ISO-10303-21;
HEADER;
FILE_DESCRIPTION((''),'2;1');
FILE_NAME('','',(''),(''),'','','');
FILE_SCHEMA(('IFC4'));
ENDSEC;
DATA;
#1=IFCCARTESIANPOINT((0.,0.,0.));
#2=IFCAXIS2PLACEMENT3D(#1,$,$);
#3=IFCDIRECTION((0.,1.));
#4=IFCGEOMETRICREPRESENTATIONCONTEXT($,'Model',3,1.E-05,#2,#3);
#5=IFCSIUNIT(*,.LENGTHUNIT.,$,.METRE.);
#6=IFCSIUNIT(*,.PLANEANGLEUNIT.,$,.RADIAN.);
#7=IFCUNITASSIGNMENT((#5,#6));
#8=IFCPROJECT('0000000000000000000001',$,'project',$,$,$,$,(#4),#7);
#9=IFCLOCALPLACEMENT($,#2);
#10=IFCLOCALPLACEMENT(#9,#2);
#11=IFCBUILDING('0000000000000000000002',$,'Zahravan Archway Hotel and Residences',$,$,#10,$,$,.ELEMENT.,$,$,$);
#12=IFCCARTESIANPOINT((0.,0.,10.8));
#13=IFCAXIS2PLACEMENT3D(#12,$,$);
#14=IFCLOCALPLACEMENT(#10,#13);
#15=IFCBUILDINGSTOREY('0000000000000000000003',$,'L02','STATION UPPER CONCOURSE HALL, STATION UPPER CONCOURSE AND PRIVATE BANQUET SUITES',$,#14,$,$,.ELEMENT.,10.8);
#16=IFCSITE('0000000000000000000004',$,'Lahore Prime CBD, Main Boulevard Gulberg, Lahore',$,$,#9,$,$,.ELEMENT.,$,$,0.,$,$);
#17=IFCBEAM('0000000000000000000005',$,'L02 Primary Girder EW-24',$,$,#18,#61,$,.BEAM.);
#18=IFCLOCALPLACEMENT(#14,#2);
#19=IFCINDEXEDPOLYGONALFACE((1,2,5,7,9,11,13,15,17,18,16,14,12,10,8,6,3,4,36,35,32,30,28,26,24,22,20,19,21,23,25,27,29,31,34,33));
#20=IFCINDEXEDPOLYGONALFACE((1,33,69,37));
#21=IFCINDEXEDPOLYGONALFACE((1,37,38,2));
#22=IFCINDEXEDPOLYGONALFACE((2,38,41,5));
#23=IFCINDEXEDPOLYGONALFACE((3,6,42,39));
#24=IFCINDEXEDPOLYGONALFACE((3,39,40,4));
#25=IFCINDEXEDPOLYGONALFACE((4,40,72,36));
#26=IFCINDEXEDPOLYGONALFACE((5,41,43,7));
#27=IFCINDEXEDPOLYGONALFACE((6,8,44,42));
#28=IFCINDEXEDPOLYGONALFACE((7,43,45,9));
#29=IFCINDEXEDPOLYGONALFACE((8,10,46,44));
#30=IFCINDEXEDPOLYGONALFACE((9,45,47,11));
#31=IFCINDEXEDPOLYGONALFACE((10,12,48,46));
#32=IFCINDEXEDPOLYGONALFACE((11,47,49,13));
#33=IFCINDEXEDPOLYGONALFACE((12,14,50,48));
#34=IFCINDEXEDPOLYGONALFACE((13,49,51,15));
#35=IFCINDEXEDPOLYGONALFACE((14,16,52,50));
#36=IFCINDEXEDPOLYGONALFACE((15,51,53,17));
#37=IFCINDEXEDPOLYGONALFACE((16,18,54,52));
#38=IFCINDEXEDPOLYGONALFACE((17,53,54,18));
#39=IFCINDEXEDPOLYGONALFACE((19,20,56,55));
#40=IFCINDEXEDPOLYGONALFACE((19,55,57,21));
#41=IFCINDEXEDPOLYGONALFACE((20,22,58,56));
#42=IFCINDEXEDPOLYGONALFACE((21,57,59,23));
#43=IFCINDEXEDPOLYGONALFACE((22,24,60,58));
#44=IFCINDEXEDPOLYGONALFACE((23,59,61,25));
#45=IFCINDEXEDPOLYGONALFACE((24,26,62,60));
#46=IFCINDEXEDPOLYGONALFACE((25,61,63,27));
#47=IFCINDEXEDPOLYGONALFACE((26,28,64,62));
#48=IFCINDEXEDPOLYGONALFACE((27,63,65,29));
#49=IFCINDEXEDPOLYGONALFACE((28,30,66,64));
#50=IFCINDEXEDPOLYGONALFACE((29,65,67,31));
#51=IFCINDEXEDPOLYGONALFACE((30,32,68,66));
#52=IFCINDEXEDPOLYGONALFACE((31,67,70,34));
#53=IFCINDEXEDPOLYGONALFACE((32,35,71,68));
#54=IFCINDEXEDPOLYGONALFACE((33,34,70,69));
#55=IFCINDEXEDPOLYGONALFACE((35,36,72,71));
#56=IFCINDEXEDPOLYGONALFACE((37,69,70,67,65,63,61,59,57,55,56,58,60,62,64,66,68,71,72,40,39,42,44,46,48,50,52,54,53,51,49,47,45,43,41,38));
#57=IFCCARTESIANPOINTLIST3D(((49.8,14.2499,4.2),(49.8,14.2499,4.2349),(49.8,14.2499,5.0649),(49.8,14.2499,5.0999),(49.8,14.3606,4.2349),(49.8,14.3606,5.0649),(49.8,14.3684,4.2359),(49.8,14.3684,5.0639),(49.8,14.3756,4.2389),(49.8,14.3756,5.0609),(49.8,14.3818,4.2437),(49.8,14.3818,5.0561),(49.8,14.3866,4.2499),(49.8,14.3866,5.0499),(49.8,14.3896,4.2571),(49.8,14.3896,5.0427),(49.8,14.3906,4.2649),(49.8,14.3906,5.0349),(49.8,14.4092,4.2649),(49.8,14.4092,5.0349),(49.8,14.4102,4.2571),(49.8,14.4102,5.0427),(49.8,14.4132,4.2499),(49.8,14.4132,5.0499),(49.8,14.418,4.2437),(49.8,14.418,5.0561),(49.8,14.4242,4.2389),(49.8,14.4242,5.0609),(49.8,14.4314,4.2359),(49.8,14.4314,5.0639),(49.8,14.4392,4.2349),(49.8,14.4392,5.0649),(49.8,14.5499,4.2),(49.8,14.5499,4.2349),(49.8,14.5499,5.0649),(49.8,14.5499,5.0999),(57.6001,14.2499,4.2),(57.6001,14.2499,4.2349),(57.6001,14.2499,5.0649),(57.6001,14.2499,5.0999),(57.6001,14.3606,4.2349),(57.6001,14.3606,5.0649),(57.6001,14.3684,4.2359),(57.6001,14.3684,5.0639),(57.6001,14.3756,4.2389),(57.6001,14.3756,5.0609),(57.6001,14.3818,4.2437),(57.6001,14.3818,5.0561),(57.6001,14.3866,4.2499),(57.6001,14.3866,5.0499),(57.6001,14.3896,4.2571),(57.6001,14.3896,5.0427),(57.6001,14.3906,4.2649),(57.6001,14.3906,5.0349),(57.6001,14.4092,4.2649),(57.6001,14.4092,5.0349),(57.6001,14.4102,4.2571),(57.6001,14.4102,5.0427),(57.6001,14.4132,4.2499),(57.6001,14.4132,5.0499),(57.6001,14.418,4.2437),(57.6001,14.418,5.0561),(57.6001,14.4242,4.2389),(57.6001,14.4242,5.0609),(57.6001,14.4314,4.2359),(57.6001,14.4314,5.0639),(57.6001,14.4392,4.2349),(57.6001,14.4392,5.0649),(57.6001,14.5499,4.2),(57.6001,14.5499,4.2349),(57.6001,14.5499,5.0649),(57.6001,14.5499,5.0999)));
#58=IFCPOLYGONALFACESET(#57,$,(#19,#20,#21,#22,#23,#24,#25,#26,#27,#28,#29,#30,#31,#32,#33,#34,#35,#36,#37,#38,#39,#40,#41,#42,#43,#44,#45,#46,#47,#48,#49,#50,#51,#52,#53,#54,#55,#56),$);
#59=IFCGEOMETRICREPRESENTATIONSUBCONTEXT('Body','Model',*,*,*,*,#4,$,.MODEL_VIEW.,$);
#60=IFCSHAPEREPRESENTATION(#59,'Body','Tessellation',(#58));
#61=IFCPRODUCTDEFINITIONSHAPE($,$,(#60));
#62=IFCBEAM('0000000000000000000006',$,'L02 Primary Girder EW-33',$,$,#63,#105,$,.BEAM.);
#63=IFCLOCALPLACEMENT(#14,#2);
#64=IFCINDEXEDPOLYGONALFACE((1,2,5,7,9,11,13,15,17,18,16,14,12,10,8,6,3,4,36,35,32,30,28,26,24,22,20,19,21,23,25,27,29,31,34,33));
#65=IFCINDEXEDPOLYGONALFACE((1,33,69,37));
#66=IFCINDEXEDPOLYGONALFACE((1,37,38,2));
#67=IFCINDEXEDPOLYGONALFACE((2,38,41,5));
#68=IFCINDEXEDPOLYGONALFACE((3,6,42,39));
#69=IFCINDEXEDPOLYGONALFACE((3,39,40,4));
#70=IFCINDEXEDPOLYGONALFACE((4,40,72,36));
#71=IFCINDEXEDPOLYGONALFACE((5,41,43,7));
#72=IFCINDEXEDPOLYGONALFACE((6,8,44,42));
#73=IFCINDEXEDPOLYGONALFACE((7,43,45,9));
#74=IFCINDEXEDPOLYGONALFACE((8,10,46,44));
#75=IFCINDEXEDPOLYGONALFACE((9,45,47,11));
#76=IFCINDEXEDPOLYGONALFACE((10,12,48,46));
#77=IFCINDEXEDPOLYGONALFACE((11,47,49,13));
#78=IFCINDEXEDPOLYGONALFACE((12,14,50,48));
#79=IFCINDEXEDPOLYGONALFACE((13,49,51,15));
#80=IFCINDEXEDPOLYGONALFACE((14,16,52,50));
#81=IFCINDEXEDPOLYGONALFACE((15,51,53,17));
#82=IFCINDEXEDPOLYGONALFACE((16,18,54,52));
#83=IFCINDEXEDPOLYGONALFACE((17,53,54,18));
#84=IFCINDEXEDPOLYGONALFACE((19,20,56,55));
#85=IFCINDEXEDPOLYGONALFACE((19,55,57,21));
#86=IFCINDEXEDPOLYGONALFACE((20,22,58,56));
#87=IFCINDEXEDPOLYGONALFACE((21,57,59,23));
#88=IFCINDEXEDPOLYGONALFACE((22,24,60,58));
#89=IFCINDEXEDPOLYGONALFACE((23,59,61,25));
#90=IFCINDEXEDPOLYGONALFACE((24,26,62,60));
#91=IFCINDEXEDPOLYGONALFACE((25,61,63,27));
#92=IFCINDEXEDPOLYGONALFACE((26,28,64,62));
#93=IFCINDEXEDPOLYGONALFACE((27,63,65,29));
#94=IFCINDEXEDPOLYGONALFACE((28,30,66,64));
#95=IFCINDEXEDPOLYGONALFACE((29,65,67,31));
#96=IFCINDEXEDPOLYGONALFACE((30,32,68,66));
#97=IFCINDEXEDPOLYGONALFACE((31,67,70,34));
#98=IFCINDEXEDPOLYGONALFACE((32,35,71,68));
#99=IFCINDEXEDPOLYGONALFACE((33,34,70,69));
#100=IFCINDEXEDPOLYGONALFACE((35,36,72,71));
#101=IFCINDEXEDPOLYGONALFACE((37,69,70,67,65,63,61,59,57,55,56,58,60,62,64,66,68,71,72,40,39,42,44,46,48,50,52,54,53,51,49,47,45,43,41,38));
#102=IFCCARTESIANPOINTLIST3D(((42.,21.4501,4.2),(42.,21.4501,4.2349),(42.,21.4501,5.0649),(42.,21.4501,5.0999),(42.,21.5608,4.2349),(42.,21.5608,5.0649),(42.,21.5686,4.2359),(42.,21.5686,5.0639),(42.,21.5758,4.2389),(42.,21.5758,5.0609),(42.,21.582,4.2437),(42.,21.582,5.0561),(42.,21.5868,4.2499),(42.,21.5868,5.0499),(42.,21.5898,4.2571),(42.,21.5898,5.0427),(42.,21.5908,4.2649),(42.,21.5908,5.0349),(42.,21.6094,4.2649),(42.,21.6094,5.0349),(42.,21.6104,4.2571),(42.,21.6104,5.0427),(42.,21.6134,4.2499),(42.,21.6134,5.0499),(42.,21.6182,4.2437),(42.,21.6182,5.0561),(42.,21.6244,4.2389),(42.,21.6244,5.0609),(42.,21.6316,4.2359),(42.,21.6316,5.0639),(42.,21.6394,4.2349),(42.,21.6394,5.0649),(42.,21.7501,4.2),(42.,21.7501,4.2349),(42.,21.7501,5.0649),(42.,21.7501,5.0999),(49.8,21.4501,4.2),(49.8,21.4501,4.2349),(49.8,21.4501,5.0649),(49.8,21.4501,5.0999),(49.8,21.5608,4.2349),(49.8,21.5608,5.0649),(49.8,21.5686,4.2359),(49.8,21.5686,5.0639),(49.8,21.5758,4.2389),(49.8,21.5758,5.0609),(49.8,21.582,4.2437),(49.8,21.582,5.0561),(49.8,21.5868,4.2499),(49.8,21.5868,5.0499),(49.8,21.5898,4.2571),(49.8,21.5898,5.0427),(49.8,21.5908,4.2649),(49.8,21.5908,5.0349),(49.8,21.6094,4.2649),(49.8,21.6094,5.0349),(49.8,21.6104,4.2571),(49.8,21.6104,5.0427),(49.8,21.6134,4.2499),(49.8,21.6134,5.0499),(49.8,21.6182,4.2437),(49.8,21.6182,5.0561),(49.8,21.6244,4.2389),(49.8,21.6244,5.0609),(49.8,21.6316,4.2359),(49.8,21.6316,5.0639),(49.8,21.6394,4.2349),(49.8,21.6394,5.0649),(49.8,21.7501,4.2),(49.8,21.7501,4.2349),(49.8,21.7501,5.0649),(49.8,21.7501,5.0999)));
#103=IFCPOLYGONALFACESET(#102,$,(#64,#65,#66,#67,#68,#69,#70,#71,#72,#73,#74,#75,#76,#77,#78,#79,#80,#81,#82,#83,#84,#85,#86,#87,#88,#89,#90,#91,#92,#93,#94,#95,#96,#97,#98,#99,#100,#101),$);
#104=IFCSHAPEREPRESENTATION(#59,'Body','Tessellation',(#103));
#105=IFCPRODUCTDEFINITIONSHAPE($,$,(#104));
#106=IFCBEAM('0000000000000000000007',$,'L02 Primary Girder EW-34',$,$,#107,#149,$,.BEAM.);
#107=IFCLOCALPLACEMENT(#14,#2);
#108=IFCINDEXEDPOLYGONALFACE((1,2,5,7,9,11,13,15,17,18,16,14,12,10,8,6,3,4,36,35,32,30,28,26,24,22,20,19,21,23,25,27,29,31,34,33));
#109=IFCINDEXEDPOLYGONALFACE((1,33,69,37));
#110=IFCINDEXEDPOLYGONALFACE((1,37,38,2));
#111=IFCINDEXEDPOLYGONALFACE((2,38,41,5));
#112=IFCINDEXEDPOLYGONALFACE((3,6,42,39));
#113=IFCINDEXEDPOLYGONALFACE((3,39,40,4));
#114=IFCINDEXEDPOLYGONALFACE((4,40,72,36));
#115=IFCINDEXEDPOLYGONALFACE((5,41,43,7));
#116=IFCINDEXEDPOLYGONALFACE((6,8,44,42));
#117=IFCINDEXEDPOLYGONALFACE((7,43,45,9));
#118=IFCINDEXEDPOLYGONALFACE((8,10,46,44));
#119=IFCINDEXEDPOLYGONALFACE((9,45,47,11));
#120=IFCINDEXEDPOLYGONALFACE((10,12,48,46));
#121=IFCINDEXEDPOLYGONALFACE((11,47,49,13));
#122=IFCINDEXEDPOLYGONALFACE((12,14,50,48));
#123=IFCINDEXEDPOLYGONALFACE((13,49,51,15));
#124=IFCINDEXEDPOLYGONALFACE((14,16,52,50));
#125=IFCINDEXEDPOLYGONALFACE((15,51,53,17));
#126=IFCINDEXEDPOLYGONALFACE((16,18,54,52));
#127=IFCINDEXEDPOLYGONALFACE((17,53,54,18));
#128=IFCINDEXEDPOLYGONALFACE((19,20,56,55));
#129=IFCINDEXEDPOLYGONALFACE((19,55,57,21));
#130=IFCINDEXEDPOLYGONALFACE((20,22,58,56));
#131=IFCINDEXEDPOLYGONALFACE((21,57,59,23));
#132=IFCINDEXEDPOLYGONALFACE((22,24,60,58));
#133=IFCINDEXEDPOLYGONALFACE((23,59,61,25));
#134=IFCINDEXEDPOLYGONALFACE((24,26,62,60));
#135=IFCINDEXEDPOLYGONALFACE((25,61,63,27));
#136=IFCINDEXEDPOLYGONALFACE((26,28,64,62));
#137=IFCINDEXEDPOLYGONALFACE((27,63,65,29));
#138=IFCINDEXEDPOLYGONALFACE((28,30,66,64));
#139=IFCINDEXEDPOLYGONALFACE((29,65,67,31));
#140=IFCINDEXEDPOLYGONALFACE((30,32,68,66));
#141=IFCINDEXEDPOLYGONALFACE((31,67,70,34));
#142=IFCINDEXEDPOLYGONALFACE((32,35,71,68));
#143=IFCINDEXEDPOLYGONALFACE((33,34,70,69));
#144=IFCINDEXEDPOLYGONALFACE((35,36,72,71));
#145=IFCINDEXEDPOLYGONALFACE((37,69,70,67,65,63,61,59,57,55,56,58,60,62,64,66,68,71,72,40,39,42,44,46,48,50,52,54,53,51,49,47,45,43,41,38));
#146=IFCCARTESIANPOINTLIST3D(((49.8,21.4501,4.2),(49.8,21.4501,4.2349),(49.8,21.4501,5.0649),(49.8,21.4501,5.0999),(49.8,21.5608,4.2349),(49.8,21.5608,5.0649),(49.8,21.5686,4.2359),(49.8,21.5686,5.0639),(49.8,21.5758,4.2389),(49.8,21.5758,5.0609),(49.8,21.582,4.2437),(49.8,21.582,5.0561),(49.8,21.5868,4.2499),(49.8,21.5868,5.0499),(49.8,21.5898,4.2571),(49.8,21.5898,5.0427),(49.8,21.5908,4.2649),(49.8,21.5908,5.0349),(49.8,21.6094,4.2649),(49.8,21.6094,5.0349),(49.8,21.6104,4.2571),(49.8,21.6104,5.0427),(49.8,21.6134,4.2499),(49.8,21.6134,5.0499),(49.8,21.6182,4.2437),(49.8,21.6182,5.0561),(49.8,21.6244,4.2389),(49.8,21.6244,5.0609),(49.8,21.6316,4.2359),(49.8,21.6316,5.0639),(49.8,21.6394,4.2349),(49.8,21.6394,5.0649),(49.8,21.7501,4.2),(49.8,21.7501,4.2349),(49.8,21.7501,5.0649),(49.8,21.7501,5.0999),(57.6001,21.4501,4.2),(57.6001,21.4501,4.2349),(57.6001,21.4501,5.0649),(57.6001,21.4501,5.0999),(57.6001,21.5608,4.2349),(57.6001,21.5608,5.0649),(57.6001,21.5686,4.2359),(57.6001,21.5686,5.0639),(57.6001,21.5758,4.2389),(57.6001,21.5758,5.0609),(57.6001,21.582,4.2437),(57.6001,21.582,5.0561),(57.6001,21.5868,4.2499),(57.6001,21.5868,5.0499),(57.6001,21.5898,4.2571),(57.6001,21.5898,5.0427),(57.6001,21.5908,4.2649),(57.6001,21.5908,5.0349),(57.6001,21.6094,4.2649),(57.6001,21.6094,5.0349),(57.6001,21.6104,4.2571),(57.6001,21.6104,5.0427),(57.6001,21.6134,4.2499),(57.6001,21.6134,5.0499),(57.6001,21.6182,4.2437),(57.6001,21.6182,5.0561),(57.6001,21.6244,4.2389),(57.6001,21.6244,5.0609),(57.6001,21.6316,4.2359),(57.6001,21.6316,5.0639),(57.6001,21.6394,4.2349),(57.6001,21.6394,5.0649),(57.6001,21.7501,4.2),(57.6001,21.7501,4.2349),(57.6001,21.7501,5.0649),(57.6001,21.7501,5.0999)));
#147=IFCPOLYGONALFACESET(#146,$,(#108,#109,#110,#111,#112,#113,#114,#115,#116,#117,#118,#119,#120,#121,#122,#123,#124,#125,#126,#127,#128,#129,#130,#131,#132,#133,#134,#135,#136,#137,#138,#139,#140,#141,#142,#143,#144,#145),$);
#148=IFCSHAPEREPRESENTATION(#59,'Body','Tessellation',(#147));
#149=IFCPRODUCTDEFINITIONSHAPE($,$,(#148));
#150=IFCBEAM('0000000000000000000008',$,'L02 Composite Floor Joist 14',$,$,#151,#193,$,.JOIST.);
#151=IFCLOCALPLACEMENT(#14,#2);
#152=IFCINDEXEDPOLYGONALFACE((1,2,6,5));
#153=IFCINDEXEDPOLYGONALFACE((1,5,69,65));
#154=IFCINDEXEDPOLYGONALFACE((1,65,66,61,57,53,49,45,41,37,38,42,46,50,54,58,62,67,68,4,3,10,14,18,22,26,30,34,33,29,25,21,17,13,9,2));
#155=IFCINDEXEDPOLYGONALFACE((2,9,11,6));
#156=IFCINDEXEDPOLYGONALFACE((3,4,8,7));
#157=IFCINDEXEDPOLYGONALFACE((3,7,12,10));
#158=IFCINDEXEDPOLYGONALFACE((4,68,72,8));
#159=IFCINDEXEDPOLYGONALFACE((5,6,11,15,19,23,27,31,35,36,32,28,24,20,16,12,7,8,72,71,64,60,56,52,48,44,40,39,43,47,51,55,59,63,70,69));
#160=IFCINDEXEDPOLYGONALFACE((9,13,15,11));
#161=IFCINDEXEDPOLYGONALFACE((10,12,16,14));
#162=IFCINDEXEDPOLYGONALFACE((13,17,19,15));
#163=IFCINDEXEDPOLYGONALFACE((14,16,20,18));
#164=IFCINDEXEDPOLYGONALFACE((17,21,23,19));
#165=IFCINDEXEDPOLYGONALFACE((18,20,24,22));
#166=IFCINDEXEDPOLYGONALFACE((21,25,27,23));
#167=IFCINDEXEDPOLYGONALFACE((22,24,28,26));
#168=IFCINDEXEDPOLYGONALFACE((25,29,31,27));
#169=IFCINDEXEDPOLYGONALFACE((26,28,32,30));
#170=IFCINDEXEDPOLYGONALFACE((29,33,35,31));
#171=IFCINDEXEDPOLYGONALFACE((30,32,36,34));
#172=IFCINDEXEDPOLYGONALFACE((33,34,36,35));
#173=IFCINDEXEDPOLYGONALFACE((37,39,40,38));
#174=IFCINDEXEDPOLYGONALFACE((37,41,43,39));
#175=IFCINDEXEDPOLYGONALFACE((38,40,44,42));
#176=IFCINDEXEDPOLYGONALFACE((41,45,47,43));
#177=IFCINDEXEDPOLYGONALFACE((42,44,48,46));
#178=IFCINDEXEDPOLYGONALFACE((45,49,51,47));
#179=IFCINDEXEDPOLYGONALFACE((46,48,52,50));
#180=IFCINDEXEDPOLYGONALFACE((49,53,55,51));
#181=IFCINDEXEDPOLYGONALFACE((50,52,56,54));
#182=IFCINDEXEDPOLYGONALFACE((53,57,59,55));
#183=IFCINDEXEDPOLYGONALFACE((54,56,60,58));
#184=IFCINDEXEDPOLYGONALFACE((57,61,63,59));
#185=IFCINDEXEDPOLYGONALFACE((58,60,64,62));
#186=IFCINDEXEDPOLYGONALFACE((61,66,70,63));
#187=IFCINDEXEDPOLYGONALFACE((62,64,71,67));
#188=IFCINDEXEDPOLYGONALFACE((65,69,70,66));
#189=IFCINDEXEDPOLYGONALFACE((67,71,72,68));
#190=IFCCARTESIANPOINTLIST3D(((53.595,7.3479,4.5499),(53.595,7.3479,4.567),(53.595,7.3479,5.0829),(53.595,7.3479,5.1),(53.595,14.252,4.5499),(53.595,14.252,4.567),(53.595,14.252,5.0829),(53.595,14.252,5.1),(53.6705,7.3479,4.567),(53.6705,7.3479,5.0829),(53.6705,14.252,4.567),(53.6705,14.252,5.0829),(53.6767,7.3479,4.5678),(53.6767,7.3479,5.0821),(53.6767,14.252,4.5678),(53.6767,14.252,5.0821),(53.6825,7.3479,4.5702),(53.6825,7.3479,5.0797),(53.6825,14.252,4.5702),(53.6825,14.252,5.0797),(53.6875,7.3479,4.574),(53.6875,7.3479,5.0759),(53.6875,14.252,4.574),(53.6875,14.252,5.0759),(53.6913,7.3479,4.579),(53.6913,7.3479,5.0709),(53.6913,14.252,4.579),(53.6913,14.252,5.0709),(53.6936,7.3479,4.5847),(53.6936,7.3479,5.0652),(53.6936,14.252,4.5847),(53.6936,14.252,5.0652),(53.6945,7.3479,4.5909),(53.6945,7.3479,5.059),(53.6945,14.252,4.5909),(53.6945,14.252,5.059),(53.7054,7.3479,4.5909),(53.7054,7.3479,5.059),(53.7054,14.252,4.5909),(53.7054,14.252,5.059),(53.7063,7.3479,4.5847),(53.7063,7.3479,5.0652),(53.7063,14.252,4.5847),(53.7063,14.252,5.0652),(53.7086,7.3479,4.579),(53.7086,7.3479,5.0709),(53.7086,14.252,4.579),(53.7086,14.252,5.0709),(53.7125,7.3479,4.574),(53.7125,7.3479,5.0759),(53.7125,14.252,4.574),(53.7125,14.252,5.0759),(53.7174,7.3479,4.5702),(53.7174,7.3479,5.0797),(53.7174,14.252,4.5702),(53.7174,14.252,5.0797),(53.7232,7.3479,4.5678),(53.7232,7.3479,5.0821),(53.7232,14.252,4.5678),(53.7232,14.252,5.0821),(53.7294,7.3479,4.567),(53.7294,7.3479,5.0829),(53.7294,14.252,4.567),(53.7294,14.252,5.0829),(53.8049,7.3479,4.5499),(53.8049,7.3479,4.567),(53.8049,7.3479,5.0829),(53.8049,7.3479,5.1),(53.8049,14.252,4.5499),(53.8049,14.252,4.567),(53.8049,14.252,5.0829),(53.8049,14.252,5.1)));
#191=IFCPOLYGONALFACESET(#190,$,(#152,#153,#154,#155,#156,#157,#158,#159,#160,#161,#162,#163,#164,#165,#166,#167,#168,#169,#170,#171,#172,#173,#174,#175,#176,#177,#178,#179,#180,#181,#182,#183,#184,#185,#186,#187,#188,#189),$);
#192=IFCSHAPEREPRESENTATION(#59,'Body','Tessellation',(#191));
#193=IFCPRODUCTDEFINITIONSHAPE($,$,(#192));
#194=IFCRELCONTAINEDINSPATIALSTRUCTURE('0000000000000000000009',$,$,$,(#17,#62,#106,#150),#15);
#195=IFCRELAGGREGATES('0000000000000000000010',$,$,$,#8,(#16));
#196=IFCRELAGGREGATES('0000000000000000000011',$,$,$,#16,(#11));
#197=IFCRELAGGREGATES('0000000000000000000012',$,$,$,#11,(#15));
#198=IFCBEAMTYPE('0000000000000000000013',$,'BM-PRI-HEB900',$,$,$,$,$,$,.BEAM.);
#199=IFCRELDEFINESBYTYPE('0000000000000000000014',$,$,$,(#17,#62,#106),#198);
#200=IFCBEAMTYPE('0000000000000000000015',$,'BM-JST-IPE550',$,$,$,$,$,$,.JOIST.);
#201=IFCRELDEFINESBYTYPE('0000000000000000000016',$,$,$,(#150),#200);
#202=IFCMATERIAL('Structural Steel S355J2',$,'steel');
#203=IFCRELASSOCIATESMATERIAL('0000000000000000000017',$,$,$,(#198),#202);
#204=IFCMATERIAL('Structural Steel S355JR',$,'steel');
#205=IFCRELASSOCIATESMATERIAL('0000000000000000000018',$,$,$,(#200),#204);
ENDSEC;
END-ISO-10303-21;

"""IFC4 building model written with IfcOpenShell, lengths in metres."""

from ifc_helpers import new_model, si_unit, direction, frame, origin, origin_2d, place, context, subcontext, project, spatial, i_section, extrude, source, transform, mapped, material, material_profile, profile_set, type_object, type_shapes, element, save


model = new_model("IFC4")

# Units and contexts
model_context = context("Model", 3, precision=1e-05, world=origin(), true_north=direction((0.0, 1.0)))
body_context = subcontext(model_context, "Body", "Model", "MODEL_VIEW")
ifc_project = project(units=[si_unit("LENGTHUNIT", "METRE"), si_unit("PLANEANGLEUNIT", "RADIAN")], contexts=[model_context])

# Site, building, storey
site_placement = place(None, origin())
site = spatial("IfcSite", under=ifc_project, at=site_placement, Name="Lahore Prime CBD, Main Boulevard Gulberg, Lahore", CompositionType="ELEMENT", RefElevation=0.0)
building_placement = place(site_placement, origin())
building = spatial("IfcBuilding", under=site, at=building_placement, Name="Zahravan Archway Hotel and Residences", CompositionType="ELEMENT")
storey_placement = place(building_placement, frame((0.0, 0.0, 10.8)))
storey = spatial("IfcBuildingStorey", under=building, at=storey_placement, Name="L02", Description="STATION UPPER CONCOURSE HALL, STATION UPPER CONCOURSE AND PRIVATE BANQUET SUITES", CompositionType="ELEMENT", Elevation=10.8)

# Beams
ifc_material_1 = material(Name="Structural Steel S355J2", Category="steel")
ifc_material_profile_1 = material_profile(ifc_material_1, i_section(OverallWidth=0.3, OverallDepth=0.8999, WebThickness=0.0186, FlangeThickness=0.0349, FilletRadius=0.03, at=origin_2d()), Name="HEB 900", Category="steel")
ifc_profile_set_1 = profile_set([ifc_material_profile_1], Name="Structural Steel S355J2")
beam_type_1 = type_object("IfcBeamType", Name="BM-PRI-HEB900", PredefinedType="BEAM", material=ifc_profile_set_1)
shared_shape_1 = source(origin(), body_context, "Body", "SweptSolid", [
    extrude(i_section(OverallWidth=0.3, OverallDepth=0.8999, WebThickness=0.0186, FlangeThickness=0.0349, FilletRadius=0.03, at=origin_2d()), origin(), (0.0, 0.0, 1.0), 7.8),
])
for number, where, z_axis, x_axis, name in (
    (1, (49.8, 14.3999, 4.6499), (1.0, 0.0, 0.0), (0.0, 1.0, 0.0), "L02 Primary Girder EW-24"),
    (2, (42.0, 21.6001, 4.6499), (1.0, 0.0, 0.0), (0.0, 1.0, 0.0), "L02 Primary Girder EW-33"),
    (3, (49.8, 21.6001, 4.6499), (1.0, 0.0, 0.0), (0.0, 1.0, 0.0), "L02 Primary Girder EW-34"),
):
    element("IfcBeam", number, at=place(storey_placement, frame(where, z_axis=z_axis, x_axis=x_axis)), inside=storey, type_object=beam_type_1, Name=name, PredefinedType="BEAM", context=body_context, shape_type="MappedRepresentation", body=[
        mapped(shared_shape_1, transform((0.0, 0.0, 0.0), scale=1.0)),
    ])
ifc_material_2 = material(Name="Structural Steel S355JR", Category="steel")
ifc_material_profile_2 = material_profile(ifc_material_2, i_section(OverallWidth=0.21, OverallDepth=0.55, WebThickness=0.011, FlangeThickness=0.0171, FilletRadius=0.0239, at=origin_2d()), Name="IPE 550", Category="steel")
ifc_profile_set_2 = profile_set([ifc_material_profile_2], Name="Structural Steel S355JR")
beam_type_2 = type_object("IfcBeamType", Name="BM-JST-IPE550", PredefinedType="JOIST", material=ifc_profile_set_2)
shared_shape_2 = source(origin(), body_context, "Body", "SweptSolid", [
    extrude(i_section(OverallWidth=0.21, OverallDepth=0.55, WebThickness=0.011, FlangeThickness=0.0171, FilletRadius=0.0239, at=origin_2d()), origin(), (0.0, 0.0, 1.0), 6.9041),
])
type_shapes(beam_type_2, [shared_shape_2])
beam_1_placement = place(storey_placement, frame((53.7, 7.3479, 4.825), z_axis=(0.0, 1.0, 0.0), x_axis=(-1.0, 0.0, 0.0)))
element("IfcBeam", 4, at=beam_1_placement, inside=storey, type_object=beam_type_2, Name="L02 Composite Floor Joist 14", PredefinedType="JOIST", context=body_context, shape_type="MappedRepresentation", body=[
    mapped(shared_shape_2, transform((0.0, 0.0, 0.0), scale=1.0)),
])

save(model, "model.ifc")
